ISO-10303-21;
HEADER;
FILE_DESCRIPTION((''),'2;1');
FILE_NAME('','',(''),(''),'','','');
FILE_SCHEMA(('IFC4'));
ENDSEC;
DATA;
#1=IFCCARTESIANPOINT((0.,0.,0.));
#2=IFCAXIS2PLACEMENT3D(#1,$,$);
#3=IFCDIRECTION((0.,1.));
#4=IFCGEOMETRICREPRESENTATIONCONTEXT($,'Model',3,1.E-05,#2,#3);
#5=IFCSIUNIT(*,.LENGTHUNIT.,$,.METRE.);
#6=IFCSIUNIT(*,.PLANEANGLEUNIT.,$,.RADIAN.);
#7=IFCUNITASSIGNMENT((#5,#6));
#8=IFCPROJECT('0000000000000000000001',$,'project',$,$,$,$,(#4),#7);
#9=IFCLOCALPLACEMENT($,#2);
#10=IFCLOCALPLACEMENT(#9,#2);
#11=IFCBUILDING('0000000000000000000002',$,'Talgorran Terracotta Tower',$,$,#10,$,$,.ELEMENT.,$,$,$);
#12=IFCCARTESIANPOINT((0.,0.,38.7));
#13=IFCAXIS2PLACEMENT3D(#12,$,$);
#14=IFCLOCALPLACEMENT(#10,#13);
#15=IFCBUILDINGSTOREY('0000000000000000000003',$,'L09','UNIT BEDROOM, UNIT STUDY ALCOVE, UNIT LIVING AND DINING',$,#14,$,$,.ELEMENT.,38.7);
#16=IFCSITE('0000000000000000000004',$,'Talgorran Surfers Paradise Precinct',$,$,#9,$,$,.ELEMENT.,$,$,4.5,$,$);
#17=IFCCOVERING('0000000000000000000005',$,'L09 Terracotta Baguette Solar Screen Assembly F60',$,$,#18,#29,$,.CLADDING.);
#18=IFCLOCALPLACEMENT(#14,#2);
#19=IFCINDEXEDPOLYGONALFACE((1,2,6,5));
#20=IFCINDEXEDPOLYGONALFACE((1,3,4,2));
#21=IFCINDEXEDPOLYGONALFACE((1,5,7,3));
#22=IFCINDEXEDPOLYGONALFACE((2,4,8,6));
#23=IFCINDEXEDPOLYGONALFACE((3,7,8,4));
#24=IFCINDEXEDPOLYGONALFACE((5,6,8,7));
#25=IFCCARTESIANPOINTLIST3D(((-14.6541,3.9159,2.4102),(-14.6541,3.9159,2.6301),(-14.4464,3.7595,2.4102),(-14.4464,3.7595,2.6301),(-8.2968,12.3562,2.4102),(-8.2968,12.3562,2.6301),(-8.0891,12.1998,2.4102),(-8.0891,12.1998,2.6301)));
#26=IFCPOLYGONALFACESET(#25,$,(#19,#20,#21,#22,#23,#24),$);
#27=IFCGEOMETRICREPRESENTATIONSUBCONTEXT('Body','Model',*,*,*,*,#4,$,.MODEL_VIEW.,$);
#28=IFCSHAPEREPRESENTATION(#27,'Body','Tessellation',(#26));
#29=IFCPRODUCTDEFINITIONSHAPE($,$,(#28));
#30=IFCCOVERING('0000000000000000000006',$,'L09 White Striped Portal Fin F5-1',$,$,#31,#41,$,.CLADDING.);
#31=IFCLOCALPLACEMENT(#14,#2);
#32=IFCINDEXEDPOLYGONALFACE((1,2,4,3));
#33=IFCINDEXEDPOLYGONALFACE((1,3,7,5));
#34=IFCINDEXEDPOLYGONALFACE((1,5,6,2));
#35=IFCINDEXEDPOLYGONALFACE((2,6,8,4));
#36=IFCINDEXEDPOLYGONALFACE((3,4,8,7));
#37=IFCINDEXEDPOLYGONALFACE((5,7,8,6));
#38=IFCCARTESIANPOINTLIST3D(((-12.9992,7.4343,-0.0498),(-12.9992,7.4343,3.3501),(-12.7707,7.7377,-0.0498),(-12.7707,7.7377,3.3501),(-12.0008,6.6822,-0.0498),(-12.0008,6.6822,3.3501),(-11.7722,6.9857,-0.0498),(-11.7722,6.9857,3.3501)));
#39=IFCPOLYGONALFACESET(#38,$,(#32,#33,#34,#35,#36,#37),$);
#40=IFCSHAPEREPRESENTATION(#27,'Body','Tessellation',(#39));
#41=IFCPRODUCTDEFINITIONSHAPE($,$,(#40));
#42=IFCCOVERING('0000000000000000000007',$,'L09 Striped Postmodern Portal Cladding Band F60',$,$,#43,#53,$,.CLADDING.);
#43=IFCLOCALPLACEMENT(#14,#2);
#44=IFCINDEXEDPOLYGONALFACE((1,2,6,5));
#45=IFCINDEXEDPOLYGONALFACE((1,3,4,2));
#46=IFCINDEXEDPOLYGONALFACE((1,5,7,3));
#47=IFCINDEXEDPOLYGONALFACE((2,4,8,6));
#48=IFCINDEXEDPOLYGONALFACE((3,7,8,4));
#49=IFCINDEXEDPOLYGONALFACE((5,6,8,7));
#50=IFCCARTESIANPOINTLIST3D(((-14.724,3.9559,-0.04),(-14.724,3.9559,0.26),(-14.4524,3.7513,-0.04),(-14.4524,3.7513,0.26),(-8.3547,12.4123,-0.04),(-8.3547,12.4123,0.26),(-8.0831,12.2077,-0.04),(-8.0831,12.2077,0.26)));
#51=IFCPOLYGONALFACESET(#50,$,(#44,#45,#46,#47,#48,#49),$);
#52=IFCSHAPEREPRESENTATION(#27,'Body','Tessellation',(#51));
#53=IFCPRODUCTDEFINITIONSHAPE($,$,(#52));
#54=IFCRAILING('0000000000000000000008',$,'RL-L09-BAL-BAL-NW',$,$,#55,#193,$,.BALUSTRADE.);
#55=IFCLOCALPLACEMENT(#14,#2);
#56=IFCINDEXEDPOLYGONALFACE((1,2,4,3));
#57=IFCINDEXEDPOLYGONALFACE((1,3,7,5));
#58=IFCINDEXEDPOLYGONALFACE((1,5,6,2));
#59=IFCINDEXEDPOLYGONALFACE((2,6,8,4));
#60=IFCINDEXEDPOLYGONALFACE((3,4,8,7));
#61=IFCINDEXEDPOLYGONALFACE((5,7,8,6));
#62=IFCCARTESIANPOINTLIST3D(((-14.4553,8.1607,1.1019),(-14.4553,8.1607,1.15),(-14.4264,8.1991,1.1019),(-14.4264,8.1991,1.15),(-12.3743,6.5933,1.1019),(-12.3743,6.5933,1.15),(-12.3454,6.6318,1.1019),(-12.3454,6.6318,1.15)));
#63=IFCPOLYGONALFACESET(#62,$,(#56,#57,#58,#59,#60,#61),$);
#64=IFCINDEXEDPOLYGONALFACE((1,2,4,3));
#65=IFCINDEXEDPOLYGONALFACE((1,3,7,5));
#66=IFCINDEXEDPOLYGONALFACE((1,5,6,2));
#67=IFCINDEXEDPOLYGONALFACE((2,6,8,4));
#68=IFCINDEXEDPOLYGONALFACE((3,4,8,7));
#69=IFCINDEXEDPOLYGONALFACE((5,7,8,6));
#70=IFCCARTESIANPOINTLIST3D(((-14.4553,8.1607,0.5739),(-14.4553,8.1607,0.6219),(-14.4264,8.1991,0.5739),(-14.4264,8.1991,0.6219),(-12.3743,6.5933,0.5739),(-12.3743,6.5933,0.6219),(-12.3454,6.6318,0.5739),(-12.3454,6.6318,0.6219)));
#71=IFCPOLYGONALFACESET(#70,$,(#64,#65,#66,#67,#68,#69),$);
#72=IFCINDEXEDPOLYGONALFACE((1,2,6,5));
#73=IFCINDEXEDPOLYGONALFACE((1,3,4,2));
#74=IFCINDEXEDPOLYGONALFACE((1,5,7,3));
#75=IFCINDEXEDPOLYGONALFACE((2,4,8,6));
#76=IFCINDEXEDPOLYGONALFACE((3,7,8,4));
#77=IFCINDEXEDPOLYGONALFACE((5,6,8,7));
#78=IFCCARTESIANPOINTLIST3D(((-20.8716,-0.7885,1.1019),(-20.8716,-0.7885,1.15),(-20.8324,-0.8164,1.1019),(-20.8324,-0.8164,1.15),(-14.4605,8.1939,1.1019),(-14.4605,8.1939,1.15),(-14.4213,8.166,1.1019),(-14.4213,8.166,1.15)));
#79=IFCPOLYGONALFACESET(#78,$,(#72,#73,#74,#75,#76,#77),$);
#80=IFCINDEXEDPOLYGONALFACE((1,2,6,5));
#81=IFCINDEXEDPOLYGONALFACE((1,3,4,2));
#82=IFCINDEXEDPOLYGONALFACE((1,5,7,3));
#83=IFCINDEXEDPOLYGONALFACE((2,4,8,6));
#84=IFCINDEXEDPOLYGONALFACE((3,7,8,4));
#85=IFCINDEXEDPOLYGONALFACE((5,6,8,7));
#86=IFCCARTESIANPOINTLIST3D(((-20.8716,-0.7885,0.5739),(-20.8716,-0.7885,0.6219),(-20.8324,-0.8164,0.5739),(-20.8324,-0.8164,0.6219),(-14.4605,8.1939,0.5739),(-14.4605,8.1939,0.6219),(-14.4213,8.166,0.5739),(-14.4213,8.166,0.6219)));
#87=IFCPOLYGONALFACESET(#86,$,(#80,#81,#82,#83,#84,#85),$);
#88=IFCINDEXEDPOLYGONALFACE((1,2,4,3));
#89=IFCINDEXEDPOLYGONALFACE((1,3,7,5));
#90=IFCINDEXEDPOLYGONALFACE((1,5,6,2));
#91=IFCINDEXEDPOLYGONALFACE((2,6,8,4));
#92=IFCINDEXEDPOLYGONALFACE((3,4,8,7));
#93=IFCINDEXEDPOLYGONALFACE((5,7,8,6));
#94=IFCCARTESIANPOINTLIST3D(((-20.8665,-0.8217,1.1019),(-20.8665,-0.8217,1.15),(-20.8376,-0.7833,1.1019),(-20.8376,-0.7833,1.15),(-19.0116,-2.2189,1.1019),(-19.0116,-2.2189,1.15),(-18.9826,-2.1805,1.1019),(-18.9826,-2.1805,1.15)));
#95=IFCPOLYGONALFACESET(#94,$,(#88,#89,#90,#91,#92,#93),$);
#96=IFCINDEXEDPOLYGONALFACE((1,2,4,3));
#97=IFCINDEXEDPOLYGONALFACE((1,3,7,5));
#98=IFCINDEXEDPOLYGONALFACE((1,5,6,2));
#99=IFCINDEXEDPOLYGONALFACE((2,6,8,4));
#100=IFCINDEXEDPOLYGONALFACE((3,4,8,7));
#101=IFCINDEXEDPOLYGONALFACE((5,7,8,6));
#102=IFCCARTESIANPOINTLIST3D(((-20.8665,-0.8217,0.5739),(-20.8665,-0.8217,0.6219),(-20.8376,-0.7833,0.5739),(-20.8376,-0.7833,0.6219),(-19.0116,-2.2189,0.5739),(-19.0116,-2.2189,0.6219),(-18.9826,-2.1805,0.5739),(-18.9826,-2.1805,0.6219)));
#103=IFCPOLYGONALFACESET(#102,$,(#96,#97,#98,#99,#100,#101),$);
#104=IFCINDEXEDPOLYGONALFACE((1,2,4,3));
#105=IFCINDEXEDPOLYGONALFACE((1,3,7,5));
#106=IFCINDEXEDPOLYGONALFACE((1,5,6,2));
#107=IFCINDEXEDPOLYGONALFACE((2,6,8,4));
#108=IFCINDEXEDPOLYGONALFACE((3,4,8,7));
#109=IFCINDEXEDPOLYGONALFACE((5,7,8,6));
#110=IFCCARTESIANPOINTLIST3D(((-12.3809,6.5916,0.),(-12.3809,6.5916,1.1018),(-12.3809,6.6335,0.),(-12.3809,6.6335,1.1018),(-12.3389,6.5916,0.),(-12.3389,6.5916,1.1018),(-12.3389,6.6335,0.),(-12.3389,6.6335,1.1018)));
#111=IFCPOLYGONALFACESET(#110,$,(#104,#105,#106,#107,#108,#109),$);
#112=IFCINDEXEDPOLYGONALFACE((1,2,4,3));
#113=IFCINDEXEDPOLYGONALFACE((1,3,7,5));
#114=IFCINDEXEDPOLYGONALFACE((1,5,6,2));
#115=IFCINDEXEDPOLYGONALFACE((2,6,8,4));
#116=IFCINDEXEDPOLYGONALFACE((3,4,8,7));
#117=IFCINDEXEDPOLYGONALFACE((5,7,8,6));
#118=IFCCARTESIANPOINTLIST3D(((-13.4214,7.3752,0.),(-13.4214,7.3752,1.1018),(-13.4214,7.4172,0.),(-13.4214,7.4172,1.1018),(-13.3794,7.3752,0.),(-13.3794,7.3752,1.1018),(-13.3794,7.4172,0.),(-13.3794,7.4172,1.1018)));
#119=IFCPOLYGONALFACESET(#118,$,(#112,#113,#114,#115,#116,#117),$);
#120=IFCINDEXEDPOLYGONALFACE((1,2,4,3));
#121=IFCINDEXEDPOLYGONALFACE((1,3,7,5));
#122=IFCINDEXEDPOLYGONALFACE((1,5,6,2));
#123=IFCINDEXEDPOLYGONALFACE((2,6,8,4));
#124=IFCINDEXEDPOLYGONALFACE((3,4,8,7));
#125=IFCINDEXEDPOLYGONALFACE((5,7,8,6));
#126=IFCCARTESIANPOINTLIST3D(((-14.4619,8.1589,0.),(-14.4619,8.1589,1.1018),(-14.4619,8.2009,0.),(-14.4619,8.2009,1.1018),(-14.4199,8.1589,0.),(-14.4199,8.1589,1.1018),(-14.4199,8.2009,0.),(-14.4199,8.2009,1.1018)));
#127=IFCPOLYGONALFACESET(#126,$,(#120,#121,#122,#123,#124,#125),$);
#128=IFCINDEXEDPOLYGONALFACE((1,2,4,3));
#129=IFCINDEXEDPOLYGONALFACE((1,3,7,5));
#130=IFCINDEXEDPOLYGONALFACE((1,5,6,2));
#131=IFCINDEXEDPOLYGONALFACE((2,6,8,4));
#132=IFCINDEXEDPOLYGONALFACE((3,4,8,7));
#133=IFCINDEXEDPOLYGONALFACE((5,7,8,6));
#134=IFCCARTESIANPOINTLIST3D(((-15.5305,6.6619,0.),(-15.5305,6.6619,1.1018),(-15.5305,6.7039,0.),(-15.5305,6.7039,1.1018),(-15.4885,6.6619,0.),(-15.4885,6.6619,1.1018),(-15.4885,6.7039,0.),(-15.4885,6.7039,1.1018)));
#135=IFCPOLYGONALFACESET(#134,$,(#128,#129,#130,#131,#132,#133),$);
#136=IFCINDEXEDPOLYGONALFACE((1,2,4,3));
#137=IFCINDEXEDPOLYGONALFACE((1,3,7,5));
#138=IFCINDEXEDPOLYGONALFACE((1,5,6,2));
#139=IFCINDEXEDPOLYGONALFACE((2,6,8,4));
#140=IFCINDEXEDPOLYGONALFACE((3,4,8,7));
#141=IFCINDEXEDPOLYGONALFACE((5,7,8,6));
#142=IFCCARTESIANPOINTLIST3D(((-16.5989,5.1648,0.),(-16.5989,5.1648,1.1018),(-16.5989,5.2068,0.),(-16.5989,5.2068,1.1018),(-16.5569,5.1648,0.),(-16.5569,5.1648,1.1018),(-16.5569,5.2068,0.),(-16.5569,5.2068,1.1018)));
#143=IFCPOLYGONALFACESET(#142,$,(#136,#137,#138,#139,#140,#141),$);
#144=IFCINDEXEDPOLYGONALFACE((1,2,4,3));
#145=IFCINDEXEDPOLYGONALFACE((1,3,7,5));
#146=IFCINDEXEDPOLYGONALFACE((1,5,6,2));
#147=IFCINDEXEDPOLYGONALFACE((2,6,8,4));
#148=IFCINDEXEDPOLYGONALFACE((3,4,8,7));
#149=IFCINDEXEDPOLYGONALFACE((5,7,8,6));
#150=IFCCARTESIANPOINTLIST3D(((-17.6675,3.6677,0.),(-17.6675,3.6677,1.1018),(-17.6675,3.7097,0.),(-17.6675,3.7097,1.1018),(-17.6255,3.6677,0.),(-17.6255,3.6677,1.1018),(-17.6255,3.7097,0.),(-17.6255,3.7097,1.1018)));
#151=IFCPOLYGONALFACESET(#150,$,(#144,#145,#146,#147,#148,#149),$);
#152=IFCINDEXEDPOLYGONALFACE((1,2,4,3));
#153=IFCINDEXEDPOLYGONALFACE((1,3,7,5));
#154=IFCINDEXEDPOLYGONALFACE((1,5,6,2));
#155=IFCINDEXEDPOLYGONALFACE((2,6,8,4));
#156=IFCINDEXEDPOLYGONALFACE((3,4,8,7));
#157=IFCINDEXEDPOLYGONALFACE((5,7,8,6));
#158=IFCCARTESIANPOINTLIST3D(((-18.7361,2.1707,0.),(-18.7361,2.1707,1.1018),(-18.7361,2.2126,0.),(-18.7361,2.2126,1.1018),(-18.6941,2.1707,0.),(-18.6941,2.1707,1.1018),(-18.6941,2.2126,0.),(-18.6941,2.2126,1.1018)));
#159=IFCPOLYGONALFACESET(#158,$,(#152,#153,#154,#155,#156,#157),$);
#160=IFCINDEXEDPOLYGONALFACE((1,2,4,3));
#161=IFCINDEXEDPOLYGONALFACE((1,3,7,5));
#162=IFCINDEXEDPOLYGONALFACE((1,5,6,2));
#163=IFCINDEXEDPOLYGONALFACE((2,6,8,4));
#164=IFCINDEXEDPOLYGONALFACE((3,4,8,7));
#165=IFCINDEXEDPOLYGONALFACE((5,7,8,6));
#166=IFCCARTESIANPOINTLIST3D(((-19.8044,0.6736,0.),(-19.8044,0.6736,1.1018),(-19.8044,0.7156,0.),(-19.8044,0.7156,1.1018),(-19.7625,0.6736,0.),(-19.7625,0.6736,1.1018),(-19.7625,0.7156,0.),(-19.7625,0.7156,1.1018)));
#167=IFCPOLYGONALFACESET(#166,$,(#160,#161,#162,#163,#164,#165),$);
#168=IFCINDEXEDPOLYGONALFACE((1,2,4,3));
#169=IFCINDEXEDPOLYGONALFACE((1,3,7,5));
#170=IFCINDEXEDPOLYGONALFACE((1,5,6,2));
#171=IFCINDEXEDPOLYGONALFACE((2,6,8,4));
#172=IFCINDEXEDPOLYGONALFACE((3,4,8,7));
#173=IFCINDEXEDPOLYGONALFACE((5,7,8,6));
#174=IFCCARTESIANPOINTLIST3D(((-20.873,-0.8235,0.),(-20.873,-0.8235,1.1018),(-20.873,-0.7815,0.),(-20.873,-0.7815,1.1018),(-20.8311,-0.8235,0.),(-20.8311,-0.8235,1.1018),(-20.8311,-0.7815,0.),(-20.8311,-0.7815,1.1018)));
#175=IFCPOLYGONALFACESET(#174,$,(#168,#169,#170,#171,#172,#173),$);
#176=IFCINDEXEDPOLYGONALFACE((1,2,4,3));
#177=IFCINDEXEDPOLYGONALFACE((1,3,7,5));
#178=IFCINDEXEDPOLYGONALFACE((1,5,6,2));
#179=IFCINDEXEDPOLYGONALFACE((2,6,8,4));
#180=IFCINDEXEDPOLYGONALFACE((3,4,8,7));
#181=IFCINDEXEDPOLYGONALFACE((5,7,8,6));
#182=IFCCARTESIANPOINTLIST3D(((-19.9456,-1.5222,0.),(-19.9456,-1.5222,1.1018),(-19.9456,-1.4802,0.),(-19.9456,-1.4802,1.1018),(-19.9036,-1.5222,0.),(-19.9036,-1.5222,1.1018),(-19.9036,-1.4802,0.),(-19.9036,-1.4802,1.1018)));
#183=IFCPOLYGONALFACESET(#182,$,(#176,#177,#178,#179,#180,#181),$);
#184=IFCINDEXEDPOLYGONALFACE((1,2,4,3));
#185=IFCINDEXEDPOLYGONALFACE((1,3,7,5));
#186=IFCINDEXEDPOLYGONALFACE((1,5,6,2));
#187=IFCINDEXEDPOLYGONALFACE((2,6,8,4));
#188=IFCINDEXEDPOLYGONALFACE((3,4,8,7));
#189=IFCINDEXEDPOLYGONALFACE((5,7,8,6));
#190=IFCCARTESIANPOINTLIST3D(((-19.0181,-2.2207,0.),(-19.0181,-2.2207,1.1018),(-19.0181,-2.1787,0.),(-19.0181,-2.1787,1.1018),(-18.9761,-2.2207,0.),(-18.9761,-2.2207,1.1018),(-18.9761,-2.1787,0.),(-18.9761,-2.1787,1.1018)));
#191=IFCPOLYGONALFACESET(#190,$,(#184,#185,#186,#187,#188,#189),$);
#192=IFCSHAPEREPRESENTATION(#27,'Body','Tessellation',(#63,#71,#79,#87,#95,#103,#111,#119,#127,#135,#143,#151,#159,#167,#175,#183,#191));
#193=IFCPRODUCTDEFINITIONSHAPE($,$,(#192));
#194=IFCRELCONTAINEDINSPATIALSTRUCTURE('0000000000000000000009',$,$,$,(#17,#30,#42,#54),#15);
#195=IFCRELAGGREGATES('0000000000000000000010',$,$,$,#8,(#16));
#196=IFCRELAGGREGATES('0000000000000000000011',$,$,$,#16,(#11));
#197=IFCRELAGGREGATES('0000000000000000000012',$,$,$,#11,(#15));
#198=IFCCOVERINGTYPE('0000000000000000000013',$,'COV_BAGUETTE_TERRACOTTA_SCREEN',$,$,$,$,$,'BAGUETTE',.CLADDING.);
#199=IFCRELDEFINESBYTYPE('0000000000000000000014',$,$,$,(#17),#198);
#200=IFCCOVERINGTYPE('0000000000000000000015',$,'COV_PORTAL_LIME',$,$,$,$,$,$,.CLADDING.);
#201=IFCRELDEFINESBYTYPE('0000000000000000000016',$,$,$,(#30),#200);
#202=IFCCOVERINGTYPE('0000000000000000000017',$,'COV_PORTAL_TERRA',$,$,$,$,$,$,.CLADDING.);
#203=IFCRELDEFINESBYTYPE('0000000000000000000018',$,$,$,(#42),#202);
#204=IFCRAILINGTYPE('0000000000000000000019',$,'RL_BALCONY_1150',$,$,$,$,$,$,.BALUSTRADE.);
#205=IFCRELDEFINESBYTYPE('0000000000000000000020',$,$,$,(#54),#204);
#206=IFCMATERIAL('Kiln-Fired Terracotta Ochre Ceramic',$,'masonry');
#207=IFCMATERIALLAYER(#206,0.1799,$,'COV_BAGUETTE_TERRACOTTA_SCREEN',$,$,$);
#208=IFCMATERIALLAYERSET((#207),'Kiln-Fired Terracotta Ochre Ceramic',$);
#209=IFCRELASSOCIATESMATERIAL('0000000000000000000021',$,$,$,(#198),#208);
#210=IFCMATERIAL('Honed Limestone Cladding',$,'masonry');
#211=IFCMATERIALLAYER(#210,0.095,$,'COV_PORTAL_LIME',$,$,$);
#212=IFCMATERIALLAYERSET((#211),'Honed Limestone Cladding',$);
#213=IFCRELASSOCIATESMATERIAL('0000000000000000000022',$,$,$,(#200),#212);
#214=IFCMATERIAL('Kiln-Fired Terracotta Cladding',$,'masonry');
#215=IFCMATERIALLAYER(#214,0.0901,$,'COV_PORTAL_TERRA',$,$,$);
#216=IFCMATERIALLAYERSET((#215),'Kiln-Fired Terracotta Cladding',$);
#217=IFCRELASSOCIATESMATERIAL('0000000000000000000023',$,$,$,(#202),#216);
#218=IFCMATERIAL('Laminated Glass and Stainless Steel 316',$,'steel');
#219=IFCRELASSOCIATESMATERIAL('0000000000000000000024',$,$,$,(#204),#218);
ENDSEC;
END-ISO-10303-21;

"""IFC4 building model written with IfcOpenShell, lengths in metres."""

from ifc_helpers import new_model, si_unit, direction, frame, origin, origin_2d, place, context, subcontext, project, spatial, rectangle, extrude, material, layer, layer_set, type_object, element, save


model = new_model("IFC4")

# Units and contexts
model_context = context("Model", 3, precision=1e-05, world=origin(), true_north=direction((0.0, 1.0)))
body_context = subcontext(model_context, "Body", "Model", "MODEL_VIEW")
ifc_project = project(units=[si_unit("LENGTHUNIT", "METRE"), si_unit("PLANEANGLEUNIT", "RADIAN")], contexts=[model_context])

# Site, building, storey
site_placement = place(None, origin())
site = spatial("IfcSite", under=ifc_project, at=site_placement, Name="Talgorran Surfers Paradise Precinct", CompositionType="ELEMENT", RefElevation=4.5)
building_placement = place(site_placement, origin())
building = spatial("IfcBuilding", under=site, at=building_placement, Name="Talgorran Terracotta Tower", CompositionType="ELEMENT")
storey_placement = place(building_placement, frame((0.0, 0.0, 38.7)))
storey = spatial("IfcBuildingStorey", under=building, at=storey_placement, Name="L09", Description="UNIT BEDROOM, UNIT STUDY ALCOVE, UNIT LIVING AND DINING", CompositionType="ELEMENT", Elevation=38.7)

# Coverings
ifc_material_1 = material(Name="Kiln-Fired Terracotta Ochre Ceramic", Category="masonry")
ifc_layer_1 = layer(ifc_material_1, 0.1799, Name="COV_BAGUETTE_TERRACOTTA_SCREEN")
ifc_layer_set_1 = layer_set([ifc_layer_1], Name="Kiln-Fired Terracotta Ochre Ceramic")
covering_type_1 = type_object("IfcCoveringType", Name="COV_BAGUETTE_TERRACOTTA_SCREEN", ElementType="BAGUETTE", PredefinedType="CLADDING", material=ifc_layer_set_1)
covering_1_placement = place(storey_placement, frame((-11.3716, 8.0579, 2.4102), z_axis=(0.0, 0.0, 1.0), x_axis=(-0.601634, -0.798772, 0.0)))
element("IfcCovering", 1, at=covering_1_placement, inside=storey, type_object=covering_type_1, Name="L09 Terracotta Baguette Solar Screen Assembly F60", PredefinedType="CLADDING", context=body_context, shape_type="SweptSolid", body=[
    extrude(rectangle(XDim=10.5667, YDim=0.26, at=origin_2d()), origin(), (0.0, 0.0, 1.0), 0.22),
])
ifc_material_2 = material(Name="Honed Limestone Cladding", Category="masonry")
ifc_layer_2 = layer(ifc_material_2, 0.095, Name="COV_PORTAL_LIME")
ifc_layer_set_2 = layer_set([ifc_layer_2], Name="Honed Limestone Cladding")
covering_type_2 = type_object("IfcCoveringType", Name="COV_PORTAL_LIME", PredefinedType="CLADDING", material=ifc_layer_set_2)
covering_2_placement = place(storey_placement, frame((-12.3857, 7.21, -0.0498), z_axis=(0.0, 0.0, 1.0), x_axis=(-0.601634, -0.798772, 0.0)))
element("IfcCovering", 2, at=covering_2_placement, inside=storey, type_object=covering_type_2, Name="L09 White Striped Portal Fin F5-1", PredefinedType="CLADDING", context=body_context, shape_type="SweptSolid", body=[
    extrude(rectangle(XDim=0.3799, YDim=1.25, at=origin_2d()), origin(), (0.0, 0.0, 1.0), 3.3999),
])
ifc_material_3 = material(Name="Kiln-Fired Terracotta Cladding", Category="masonry")
ifc_layer_3 = layer(ifc_material_3, 0.0901, Name="COV_PORTAL_TERRA")
ifc_layer_set_3 = layer_set([ifc_layer_3], Name="Kiln-Fired Terracotta Cladding")
covering_type_3 = type_object("IfcCoveringType", Name="COV_PORTAL_TERRA", PredefinedType="CLADDING", material=ifc_layer_set_3)
covering_3_placement = place(storey_placement, frame((-11.4036, 8.0818, -0.04), z_axis=(0.0, 0.0, 1.0), x_axis=(-0.601634, -0.798772, 0.0)))
element("IfcCovering", 3, at=covering_3_placement, inside=storey, type_object=covering_type_3, Name="L09 Striped Postmodern Portal Cladding Band F60", PredefinedType="CLADDING", context=body_context, shape_type="SweptSolid", body=[
    extrude(rectangle(XDim=10.5867, YDim=0.3401, at=origin_2d()), origin(), (0.0, 0.0, 1.0), 0.3),
])

# Railing
ifc_material_4 = material(Name="Laminated Glass and Stainless Steel 316", Category="steel")
railing_type = type_object("IfcRailingType", Name="RL_BALCONY_1150", PredefinedType="BALUSTRADE", material=ifc_material_4)
railing_placement = place(storey_placement, frame((-12.3599, 6.6125, 0.0)))
element("IfcRailing", 4, at=railing_placement, inside=storey, type_object=railing_type, Name="RL-L09-BAL-BAL-NW", PredefinedType="BALUSTRADE", context=body_context, shape_type="SweptSolid", body=[
    extrude(rectangle(XDim=0.0481, YDim=0.0481, at=origin_2d()), frame((0.0, 0.0, 1.126), z_axis=(-0.798784, 0.601618, 0.0), x_axis=(-0.601618, -0.798784, 0.0)), (0.0, 0.0, 1.0), 2.6052),
    extrude(rectangle(XDim=0.0481, YDim=0.0481, at=origin_2d()), frame((0.0, 0.0, 0.5979), z_axis=(-0.798784, 0.601618, 0.0), x_axis=(-0.601618, -0.798784, 0.0)), (0.0, 0.0, 1.0), 2.6052),
    extrude(rectangle(XDim=0.0481, YDim=0.0481, at=origin_2d()), frame((-2.0811, 1.5674, 1.126), z_axis=(-0.580945, -0.813943, 0.0), x_axis=(0.813943, -0.580945, 0.0)), (0.0, 0.0, 1.0), 11.0356),
    extrude(rectangle(XDim=0.0481, YDim=0.0481, at=origin_2d()), frame((-2.0811, 1.5674, 0.5979), z_axis=(-0.580945, -0.813943, 0.0), x_axis=(0.813943, -0.580945, 0.0)), (0.0, 0.0, 1.0), 11.0356),
    extrude(rectangle(XDim=0.0481, YDim=0.0481, at=origin_2d()), frame((-8.4922, -7.415, 1.126), z_axis=(0.798762, -0.601647, 0.0), x_axis=(0.601647, 0.798762, 0.0)), (0.0, 0.0, 1.0), 2.3223),
    extrude(rectangle(XDim=0.0481, YDim=0.0481, at=origin_2d()), frame((-8.4922, -7.415, 0.5979), z_axis=(0.798762, -0.601647, 0.0), x_axis=(0.601647, 0.798762, 0.0)), (0.0, 0.0, 1.0), 2.3223),
    extrude(rectangle(XDim=0.042, YDim=0.042, at=origin_2d()), origin(), (0.0, 0.0, 1.0), 1.1018),
    extrude(rectangle(XDim=0.042, YDim=0.042, at=origin_2d()), frame((-1.0405, 0.7837, 0.0)), (0.0, 0.0, 1.0), 1.1018),
    extrude(rectangle(XDim=0.042, YDim=0.042, at=origin_2d()), frame((-2.0811, 1.5674, 0.0)), (0.0, 0.0, 1.0), 1.1018),
    extrude(rectangle(XDim=0.042, YDim=0.042, at=origin_2d()), frame((-3.1497, 0.0703, 0.0)), (0.0, 0.0, 1.0), 1.1018),
    extrude(rectangle(XDim=0.042, YDim=0.042, at=origin_2d()), frame((-4.218, -1.4268, 0.0)), (0.0, 0.0, 1.0), 1.1018),
    extrude(rectangle(XDim=0.042, YDim=0.042, at=origin_2d()), frame((-5.2866, -2.9238, 0.0)), (0.0, 0.0, 1.0), 1.1018),
    extrude(rectangle(XDim=0.042, YDim=0.042, at=origin_2d()), frame((-6.3552, -4.4209, 0.0)), (0.0, 0.0, 1.0), 1.1018),
    extrude(rectangle(XDim=0.042, YDim=0.042, at=origin_2d()), frame((-7.4236, -5.918, 0.0)), (0.0, 0.0, 1.0), 1.1018),
    extrude(rectangle(XDim=0.042, YDim=0.042, at=origin_2d()), frame((-8.4922, -7.415, 0.0)), (0.0, 0.0, 1.0), 1.1018),
    extrude(rectangle(XDim=0.042, YDim=0.042, at=origin_2d()), frame((-7.5647, -8.1138, 0.0)), (0.0, 0.0, 1.0), 1.1018),
    extrude(rectangle(XDim=0.042, YDim=0.042, at=origin_2d()), frame((-6.6372, -8.8123, 0.0)), (0.0, 0.0, 1.0), 1.1018),
])

save(model, "model.ifc")
